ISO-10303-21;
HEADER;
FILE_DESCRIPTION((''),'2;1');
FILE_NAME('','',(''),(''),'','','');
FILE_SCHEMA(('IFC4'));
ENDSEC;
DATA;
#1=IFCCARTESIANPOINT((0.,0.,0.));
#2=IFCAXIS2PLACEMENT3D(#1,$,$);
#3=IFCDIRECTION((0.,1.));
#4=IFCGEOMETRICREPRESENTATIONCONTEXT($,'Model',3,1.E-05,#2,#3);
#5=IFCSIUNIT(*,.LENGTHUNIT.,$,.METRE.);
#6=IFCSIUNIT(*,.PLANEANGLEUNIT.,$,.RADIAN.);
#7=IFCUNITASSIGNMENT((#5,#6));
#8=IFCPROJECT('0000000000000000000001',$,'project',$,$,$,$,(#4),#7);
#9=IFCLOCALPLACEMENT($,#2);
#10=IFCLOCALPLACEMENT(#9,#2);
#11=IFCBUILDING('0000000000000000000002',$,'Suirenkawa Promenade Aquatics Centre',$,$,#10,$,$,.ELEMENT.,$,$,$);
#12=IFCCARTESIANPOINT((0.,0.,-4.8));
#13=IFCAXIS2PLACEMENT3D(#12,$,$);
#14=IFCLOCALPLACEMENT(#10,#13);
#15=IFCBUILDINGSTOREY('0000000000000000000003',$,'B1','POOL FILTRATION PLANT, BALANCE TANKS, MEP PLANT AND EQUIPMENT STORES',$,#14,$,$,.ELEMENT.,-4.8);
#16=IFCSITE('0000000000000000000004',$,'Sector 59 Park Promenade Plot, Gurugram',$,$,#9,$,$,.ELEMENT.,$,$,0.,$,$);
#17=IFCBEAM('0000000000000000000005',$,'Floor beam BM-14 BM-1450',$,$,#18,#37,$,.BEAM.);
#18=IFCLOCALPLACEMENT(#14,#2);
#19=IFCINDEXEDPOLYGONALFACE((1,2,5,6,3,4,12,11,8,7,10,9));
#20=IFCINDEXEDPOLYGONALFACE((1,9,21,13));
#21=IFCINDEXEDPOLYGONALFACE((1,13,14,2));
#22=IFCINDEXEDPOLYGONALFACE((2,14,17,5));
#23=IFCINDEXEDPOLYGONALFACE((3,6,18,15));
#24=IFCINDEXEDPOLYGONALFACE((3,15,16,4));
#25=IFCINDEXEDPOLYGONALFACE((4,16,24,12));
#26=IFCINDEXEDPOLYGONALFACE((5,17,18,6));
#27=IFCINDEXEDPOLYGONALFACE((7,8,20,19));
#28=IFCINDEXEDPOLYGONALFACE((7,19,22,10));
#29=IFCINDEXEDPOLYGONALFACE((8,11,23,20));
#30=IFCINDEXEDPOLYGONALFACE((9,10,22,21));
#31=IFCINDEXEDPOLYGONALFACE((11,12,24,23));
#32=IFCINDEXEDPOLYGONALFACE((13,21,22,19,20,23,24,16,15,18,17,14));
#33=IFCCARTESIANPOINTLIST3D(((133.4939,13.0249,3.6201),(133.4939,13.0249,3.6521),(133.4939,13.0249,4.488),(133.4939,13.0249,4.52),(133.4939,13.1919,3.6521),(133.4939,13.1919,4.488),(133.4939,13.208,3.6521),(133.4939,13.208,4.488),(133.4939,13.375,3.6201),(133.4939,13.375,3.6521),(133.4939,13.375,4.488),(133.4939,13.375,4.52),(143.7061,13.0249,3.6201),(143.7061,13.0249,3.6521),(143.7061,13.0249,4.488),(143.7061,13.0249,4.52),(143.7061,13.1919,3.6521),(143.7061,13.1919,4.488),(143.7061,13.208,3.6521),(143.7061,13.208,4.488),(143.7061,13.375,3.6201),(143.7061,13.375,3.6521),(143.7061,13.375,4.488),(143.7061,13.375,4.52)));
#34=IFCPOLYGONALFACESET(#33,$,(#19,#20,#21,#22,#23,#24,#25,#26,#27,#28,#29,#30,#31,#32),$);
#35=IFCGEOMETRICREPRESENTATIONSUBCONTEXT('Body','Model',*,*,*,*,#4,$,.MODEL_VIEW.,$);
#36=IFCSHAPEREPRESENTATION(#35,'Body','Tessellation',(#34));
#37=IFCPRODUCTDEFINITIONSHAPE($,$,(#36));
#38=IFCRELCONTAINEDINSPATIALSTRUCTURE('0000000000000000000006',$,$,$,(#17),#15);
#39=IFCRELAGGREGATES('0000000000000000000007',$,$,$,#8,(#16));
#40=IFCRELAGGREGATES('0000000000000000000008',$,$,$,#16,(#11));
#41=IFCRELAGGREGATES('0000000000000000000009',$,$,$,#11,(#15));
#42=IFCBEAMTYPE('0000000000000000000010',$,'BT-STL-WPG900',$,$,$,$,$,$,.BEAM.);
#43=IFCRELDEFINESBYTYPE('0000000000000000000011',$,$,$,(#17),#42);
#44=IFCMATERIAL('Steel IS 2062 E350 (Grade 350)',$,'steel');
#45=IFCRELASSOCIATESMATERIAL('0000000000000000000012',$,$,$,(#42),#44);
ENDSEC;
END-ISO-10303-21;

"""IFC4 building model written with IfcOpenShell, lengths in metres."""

from ifc_helpers import new_model, si_unit, direction, frame, origin, origin_2d, place, context, subcontext, project, spatial, i_section, extrude, material, material_profile, profile_set, type_object, element, save


model = new_model("IFC4")

# Units and contexts
model_context = context("Model", 3, precision=1e-05, world=origin(), true_north=direction((0.0, 1.0)))
body_context = subcontext(model_context, "Body", "Model", "MODEL_VIEW")
ifc_project = project(units=[si_unit("LENGTHUNIT", "METRE"), si_unit("PLANEANGLEUNIT", "RADIAN")], contexts=[model_context])

# Site, building, storey
site_placement = place(None, origin())
site = spatial("IfcSite", under=ifc_project, at=site_placement, Name="Sector 59 Park Promenade Plot, Gurugram", CompositionType="ELEMENT", RefElevation=0.0)
building_placement = place(site_placement, origin())
building = spatial("IfcBuilding", under=site, at=building_placement, Name="Suirenkawa Promenade Aquatics Centre", CompositionType="ELEMENT")
storey_placement = place(building_placement, frame((0.0, 0.0, -4.8)))
storey = spatial("IfcBuildingStorey", under=building, at=storey_placement, Name="B1", Description="POOL FILTRATION PLANT, BALANCE TANKS, MEP PLANT AND EQUIPMENT STORES", CompositionType="ELEMENT", Elevation=-4.8)

# Beam
ifc_material_1 = material(Name="Steel IS 2062 E350 (Grade 350)", Category="steel")
ifc_material_profile_1 = material_profile(ifc_material_1, i_section(OverallWidth=0.3501, OverallDepth=0.8999, WebThickness=0.0161, FlangeThickness=0.032, at=origin_2d()), Name="WPG 900x350", Category="steel")
ifc_profile_set_1 = profile_set([ifc_material_profile_1], Name="Steel IS 2062 E350 (Grade 350)")
beam_type_1 = type_object("IfcBeamType", Name="BT-STL-WPG900", PredefinedType="BEAM", material=ifc_profile_set_1)
beam_1_placement = place(storey_placement, frame((133.4939, 13.2, 4.0701), z_axis=(1.0, 0.0, 0.0), x_axis=(0.0, 1.0, 0.0)))
element("IfcBeam", 1, at=beam_1_placement, inside=storey, type_object=beam_type_1, Name="Floor beam BM-14 BM-1450", PredefinedType="BEAM", context=body_context, shape_type="SweptSolid", body=[
    extrude(i_section(OverallWidth=0.3501, OverallDepth=0.8999, WebThickness=0.0161, FlangeThickness=0.032, at=origin_2d()), origin(), (0.0, 0.0, 1.0), 10.2122),
])

save(model, "model.ifc")
